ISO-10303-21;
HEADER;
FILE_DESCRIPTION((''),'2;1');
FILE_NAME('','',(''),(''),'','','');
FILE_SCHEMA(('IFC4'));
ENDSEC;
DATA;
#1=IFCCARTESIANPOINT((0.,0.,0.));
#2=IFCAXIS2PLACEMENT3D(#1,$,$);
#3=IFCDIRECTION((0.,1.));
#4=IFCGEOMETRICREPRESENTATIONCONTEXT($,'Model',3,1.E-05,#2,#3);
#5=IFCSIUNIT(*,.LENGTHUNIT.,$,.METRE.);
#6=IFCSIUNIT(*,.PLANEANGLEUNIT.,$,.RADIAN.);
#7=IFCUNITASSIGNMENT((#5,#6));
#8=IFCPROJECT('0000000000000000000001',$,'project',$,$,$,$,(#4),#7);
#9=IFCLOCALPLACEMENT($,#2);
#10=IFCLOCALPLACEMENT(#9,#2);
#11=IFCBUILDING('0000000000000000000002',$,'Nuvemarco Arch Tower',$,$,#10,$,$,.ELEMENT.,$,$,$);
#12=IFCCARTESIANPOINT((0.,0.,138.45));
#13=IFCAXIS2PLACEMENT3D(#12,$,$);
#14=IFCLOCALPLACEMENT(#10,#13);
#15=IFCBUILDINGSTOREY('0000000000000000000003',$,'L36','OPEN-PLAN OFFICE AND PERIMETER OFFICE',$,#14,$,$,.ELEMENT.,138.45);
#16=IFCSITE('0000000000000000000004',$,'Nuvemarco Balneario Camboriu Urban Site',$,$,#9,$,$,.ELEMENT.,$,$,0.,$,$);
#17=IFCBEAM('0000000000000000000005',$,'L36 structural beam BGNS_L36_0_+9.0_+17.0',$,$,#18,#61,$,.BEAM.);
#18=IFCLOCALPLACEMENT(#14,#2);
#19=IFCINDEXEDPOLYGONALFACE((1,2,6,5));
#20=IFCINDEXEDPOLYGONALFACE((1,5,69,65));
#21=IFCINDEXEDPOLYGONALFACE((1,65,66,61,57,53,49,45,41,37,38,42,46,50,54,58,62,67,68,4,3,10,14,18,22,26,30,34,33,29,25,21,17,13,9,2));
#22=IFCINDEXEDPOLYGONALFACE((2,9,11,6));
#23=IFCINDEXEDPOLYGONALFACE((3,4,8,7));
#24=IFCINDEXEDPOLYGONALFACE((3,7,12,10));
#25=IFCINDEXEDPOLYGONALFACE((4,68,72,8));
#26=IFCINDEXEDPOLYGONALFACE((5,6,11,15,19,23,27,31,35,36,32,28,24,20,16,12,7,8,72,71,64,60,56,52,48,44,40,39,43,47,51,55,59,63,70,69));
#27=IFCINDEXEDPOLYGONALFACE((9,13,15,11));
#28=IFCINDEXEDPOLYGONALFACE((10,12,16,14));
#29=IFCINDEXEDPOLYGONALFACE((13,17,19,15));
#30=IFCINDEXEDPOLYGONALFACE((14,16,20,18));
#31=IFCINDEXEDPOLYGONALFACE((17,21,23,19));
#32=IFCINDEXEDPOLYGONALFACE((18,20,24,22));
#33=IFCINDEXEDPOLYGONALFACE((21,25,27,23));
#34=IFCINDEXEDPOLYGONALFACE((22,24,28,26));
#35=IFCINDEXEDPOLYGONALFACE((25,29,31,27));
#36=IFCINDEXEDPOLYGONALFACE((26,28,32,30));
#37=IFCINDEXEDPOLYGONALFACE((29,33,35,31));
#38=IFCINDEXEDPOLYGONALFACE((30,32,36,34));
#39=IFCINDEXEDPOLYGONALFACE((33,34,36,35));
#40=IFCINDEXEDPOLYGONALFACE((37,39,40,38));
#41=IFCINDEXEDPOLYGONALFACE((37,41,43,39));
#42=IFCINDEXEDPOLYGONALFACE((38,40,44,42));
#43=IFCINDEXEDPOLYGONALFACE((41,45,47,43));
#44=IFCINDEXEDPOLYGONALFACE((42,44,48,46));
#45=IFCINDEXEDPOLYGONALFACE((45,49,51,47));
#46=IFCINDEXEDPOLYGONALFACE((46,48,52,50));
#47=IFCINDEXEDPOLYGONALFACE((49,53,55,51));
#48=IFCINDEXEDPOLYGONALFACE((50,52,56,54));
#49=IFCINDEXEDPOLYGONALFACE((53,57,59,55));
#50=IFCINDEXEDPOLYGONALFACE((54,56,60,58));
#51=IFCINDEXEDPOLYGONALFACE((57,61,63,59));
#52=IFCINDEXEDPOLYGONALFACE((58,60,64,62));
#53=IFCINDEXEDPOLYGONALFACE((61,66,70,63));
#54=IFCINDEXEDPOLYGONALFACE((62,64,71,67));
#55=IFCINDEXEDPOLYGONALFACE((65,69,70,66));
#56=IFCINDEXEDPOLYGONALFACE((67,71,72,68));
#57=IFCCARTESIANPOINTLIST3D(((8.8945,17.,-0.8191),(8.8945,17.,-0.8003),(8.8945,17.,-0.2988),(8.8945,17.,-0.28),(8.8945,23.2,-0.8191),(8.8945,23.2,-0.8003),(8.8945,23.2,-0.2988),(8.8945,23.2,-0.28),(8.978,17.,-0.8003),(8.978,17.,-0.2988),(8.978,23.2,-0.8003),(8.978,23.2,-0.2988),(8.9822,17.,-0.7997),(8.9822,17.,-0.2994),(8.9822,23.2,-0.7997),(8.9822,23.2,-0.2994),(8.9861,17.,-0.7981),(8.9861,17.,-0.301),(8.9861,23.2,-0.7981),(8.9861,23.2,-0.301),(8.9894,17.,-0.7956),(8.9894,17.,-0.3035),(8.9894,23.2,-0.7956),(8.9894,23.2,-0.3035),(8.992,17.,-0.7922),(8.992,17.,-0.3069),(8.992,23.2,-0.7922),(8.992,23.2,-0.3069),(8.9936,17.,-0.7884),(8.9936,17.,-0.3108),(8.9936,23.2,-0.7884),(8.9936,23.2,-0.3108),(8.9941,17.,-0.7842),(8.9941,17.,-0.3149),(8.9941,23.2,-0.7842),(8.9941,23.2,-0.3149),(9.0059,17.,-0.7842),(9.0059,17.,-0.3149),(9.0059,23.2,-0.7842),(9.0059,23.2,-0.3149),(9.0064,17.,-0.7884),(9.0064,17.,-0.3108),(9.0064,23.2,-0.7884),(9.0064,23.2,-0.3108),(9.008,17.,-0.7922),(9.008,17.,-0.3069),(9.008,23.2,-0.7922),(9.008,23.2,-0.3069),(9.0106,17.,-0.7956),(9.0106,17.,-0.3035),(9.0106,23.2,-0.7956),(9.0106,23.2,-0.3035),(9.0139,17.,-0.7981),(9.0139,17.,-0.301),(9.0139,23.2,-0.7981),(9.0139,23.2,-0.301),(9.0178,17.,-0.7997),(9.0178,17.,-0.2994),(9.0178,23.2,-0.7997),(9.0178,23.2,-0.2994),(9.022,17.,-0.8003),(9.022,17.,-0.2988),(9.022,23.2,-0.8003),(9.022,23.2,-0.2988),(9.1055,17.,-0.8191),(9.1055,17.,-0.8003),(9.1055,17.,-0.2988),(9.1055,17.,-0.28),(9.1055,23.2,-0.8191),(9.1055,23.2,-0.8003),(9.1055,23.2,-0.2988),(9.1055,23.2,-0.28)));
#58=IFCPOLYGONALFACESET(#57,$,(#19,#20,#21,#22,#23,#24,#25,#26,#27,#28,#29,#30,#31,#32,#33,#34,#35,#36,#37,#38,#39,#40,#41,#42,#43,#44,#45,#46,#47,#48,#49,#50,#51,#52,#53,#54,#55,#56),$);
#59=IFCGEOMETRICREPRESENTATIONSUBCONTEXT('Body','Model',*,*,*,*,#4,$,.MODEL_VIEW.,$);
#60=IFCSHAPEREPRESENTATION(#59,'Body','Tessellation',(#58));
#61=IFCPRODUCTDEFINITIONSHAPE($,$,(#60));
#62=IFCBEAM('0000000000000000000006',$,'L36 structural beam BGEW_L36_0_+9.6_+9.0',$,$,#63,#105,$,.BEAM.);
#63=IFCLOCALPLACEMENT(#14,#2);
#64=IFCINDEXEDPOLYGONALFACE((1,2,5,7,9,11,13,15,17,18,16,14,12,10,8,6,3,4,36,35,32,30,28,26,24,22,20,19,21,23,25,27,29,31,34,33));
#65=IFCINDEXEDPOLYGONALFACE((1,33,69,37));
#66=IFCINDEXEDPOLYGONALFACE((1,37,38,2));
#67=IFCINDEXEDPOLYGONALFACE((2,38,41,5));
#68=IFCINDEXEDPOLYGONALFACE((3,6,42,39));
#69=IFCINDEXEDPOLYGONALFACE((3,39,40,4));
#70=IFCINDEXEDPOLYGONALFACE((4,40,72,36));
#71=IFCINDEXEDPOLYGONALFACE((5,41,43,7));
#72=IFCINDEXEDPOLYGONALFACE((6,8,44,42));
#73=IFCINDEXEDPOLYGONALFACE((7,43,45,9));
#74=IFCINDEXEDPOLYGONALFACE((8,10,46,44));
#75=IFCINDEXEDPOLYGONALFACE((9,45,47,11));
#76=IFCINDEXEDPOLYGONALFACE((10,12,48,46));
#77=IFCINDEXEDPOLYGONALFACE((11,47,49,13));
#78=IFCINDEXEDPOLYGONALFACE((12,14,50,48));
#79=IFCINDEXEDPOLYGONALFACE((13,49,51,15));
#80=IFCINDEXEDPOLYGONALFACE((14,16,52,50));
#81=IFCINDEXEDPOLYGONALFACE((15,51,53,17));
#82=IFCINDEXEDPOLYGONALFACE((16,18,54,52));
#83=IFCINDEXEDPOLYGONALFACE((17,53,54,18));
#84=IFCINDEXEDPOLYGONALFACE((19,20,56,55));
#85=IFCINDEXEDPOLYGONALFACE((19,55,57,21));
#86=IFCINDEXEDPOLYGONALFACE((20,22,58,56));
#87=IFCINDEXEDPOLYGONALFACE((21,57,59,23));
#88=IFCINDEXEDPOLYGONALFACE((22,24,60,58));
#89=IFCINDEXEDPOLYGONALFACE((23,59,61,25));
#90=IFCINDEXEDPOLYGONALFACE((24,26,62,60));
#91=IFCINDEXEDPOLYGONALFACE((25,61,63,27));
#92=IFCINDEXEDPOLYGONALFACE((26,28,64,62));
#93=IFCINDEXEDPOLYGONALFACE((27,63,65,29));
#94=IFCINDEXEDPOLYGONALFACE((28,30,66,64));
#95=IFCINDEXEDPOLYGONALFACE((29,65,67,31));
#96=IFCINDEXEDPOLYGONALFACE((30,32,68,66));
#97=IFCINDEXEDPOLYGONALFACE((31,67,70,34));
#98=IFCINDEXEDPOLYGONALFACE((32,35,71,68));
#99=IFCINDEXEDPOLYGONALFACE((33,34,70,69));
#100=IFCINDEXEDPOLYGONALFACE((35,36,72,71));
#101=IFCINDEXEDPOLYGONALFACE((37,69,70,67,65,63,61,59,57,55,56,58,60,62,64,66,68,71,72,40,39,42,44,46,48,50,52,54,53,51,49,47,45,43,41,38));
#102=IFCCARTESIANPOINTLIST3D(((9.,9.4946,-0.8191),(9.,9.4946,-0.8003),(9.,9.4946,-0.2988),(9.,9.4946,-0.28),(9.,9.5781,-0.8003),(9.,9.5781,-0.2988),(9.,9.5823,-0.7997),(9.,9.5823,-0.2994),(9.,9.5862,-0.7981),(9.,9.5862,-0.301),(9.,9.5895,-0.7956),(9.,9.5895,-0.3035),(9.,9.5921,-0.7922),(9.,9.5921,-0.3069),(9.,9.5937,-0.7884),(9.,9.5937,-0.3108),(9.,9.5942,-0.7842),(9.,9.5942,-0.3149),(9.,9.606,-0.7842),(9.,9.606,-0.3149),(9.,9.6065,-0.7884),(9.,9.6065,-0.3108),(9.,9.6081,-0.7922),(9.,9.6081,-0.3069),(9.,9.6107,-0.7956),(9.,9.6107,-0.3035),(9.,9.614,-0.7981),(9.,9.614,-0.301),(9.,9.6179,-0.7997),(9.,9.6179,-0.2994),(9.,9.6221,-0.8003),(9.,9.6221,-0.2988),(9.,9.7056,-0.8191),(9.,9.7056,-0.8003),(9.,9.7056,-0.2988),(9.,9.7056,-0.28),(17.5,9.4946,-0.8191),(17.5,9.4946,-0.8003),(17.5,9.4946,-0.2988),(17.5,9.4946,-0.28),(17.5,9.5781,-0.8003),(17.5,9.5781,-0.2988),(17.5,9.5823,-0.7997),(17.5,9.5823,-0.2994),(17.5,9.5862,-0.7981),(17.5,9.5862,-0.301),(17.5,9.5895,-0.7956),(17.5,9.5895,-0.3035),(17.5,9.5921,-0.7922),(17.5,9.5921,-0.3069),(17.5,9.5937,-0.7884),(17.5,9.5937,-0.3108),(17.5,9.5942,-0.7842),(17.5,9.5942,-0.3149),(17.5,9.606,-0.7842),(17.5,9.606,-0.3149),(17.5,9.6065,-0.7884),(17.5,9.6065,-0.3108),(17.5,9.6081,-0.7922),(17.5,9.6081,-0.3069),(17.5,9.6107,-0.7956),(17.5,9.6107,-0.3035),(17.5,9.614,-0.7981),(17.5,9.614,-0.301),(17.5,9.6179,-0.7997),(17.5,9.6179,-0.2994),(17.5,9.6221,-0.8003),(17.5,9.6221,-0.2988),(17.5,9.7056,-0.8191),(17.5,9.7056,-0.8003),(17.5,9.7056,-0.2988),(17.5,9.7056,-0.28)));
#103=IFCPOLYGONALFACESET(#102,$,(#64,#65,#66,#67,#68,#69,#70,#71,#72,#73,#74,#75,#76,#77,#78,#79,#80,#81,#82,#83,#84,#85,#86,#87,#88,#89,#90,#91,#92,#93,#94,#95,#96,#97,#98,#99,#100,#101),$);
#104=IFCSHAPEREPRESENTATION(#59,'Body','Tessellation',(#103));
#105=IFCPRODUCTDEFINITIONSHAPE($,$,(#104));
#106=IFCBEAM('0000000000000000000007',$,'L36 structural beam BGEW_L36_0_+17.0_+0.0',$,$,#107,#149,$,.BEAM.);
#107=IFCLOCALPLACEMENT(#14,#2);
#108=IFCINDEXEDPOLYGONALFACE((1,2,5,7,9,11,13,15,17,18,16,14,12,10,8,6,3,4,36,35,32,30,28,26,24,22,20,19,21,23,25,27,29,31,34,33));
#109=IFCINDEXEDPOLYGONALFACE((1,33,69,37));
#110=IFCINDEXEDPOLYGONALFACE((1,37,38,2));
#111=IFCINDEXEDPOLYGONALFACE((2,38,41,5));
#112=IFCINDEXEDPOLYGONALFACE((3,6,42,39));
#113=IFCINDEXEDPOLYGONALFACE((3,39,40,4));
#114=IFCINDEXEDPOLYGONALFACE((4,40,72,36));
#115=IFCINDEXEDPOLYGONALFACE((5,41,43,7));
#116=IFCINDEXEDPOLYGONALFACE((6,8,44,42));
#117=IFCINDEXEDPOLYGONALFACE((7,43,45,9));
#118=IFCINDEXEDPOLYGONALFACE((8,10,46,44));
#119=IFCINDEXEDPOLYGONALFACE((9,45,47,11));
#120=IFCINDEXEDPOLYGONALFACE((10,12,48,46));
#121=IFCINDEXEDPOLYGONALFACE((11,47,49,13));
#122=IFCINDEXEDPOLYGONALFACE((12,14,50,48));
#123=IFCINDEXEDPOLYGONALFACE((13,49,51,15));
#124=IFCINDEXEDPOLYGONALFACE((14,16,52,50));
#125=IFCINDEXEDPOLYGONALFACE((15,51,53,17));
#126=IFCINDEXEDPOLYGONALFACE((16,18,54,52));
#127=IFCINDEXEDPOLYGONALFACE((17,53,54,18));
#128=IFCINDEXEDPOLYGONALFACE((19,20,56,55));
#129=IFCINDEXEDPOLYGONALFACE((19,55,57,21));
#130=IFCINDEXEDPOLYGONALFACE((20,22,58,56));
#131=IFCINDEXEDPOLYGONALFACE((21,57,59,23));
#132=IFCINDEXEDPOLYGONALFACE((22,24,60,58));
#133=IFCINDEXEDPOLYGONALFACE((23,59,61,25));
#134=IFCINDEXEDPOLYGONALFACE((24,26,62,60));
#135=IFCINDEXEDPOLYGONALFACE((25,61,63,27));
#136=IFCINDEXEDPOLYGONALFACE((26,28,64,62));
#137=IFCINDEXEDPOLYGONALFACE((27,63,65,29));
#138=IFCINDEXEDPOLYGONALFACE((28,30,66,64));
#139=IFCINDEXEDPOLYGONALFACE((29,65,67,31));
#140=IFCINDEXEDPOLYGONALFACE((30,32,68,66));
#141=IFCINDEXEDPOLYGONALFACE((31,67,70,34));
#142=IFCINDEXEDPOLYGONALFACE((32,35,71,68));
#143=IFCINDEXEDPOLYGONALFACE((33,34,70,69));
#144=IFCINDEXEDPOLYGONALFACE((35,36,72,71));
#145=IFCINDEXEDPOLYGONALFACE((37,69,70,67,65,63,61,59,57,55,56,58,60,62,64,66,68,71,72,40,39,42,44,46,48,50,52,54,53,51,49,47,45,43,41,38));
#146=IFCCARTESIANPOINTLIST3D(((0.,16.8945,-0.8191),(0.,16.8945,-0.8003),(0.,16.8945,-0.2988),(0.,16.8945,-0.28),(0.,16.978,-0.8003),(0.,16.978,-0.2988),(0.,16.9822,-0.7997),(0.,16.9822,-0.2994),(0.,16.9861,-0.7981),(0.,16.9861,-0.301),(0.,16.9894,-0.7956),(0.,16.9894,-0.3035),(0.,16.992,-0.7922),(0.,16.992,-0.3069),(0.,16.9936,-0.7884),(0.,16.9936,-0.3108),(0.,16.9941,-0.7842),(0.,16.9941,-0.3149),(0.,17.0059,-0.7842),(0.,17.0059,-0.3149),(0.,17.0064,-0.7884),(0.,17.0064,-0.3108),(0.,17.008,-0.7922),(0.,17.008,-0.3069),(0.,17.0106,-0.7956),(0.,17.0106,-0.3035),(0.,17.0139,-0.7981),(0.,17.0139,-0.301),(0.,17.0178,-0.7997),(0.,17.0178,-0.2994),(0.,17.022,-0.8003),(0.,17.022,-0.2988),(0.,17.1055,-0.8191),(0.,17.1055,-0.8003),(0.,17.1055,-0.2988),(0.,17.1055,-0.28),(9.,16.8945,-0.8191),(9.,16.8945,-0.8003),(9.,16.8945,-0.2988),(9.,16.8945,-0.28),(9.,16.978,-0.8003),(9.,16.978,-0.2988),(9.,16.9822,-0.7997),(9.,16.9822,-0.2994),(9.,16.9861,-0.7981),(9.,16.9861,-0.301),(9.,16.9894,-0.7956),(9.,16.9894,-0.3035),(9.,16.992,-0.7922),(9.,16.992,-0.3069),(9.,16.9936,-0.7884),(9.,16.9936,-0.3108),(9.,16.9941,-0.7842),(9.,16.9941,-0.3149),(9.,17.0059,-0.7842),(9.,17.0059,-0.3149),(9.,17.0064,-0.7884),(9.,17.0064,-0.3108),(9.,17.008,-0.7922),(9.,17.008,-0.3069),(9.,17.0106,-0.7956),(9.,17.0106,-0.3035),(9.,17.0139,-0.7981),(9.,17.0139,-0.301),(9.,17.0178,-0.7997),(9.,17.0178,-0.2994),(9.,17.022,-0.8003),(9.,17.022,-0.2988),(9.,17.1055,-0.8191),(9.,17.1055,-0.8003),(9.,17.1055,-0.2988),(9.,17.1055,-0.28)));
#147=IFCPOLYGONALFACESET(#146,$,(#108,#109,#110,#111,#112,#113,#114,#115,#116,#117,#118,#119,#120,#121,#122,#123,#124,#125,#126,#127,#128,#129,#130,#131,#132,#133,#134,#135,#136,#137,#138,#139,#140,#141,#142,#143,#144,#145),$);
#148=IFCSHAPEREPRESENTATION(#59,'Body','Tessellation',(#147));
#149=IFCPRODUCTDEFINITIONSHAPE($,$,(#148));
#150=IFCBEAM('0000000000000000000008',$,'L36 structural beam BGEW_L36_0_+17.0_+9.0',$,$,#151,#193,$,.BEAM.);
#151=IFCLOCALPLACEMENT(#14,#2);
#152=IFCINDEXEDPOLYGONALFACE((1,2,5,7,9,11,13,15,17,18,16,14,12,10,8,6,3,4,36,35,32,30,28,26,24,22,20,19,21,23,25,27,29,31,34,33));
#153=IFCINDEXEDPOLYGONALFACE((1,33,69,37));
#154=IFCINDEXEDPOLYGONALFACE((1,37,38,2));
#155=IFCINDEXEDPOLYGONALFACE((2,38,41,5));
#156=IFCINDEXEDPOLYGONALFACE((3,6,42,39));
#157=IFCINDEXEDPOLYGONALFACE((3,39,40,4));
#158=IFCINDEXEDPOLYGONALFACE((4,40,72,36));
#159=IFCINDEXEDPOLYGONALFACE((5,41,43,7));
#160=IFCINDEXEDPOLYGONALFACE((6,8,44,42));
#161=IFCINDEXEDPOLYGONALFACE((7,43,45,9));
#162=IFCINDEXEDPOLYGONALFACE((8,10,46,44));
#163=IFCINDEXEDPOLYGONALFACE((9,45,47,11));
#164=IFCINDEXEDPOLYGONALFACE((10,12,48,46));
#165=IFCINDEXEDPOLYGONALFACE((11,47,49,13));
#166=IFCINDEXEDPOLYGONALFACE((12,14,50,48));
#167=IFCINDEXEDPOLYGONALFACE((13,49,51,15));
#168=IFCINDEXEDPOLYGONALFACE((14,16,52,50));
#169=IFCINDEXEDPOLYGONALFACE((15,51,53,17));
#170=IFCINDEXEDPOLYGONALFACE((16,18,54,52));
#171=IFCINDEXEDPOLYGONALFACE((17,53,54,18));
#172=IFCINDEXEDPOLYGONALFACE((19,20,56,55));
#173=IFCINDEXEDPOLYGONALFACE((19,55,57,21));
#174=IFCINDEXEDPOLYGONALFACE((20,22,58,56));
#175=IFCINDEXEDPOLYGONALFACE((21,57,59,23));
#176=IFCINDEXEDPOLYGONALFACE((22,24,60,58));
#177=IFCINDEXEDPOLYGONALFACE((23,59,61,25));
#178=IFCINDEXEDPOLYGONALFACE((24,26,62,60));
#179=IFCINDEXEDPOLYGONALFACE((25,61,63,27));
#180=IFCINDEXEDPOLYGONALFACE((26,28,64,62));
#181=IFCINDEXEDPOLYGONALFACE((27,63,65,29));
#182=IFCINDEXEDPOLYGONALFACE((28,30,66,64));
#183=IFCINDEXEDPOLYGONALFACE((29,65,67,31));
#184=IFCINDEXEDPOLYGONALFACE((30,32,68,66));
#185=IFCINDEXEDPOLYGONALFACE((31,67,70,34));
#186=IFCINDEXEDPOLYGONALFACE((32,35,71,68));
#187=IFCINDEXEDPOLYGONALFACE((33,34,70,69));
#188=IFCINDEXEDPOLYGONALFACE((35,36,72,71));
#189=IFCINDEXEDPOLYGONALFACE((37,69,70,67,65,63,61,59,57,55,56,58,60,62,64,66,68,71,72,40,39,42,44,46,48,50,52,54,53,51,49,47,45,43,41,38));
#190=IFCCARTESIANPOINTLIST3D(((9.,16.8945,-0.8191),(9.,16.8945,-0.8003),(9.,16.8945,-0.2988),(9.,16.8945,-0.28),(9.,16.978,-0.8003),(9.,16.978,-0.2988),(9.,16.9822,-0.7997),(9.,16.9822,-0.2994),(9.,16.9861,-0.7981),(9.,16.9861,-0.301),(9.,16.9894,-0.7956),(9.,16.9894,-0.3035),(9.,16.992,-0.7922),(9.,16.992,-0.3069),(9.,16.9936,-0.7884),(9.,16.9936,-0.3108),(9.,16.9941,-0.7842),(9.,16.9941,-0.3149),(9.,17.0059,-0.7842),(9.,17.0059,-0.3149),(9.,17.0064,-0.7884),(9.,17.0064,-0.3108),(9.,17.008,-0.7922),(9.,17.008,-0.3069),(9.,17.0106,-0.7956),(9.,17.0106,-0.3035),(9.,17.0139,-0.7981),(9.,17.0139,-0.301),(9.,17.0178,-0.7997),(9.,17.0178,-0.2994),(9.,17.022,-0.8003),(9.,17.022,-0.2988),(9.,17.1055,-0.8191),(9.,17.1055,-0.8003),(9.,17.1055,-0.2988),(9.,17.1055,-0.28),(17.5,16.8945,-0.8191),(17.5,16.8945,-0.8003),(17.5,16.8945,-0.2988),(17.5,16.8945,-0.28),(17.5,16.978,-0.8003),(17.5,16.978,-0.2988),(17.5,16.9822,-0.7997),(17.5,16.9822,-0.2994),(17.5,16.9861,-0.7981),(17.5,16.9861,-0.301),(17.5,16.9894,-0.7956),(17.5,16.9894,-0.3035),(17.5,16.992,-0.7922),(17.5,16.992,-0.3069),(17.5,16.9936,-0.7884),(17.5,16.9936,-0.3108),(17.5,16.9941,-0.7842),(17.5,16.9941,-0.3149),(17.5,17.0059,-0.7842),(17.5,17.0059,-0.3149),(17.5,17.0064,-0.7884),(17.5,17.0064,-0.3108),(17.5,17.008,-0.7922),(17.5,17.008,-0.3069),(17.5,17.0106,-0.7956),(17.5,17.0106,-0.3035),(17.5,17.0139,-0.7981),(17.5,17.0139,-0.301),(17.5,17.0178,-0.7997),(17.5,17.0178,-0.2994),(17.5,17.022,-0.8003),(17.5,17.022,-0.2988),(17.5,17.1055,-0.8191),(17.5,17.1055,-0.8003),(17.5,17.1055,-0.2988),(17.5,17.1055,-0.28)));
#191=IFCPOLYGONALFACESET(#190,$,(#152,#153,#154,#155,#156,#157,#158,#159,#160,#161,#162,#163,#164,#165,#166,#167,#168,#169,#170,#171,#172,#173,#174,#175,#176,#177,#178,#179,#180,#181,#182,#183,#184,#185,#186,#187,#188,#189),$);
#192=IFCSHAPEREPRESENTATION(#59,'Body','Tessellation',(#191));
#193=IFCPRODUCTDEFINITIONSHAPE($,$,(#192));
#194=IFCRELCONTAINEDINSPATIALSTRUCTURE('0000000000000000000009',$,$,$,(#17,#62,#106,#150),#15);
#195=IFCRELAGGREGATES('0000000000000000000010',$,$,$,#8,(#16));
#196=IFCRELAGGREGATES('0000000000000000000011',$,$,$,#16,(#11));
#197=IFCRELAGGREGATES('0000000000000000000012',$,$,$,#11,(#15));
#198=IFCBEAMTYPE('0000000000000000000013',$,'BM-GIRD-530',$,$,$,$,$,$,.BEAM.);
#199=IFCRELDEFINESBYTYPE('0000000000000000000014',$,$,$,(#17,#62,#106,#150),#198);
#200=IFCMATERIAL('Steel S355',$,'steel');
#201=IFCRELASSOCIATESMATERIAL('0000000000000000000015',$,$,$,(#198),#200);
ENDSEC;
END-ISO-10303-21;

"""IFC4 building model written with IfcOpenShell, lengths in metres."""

from ifc_helpers import new_model, si_unit, direction, frame, origin, origin_2d, place, context, subcontext, project, spatial, i_section, extrude, material, material_profile, profile_set, type_object, element, save


model = new_model("IFC4")

# Units and contexts
model_context = context("Model", 3, precision=1e-05, world=origin(), true_north=direction((0.0, 1.0)))
body_context = subcontext(model_context, "Body", "Model", "MODEL_VIEW")
ifc_project = project(units=[si_unit("LENGTHUNIT", "METRE"), si_unit("PLANEANGLEUNIT", "RADIAN")], contexts=[model_context])

# Site, building, storey
site_placement = place(None, origin())
site = spatial("IfcSite", under=ifc_project, at=site_placement, Name="Nuvemarco Balneario Camboriu Urban Site", CompositionType="ELEMENT", RefElevation=0.0)
building_placement = place(site_placement, origin())
building = spatial("IfcBuilding", under=site, at=building_placement, Name="Nuvemarco Arch Tower", CompositionType="ELEMENT")
storey_placement = place(building_placement, frame((0.0, 0.0, 138.45)))
storey = spatial("IfcBuildingStorey", under=building, at=storey_placement, Name="L36", Description="OPEN-PLAN OFFICE AND PERIMETER OFFICE", CompositionType="ELEMENT", Elevation=138.45)

# Shared definitions
ifc_material_1 = material(Name="Steel S355", Category="steel")

# Beams
ifc_material_profile_1 = material_profile(ifc_material_1, i_section(OverallWidth=0.2109, OverallDepth=0.5391, WebThickness=0.0117, FlangeThickness=0.0188, FilletRadius=0.0161, at=origin_2d()), Name="W530x109")
ifc_profile_set_1 = profile_set([ifc_material_profile_1], Name="Steel S355")
beam_type_1 = type_object("IfcBeamType", Name="BM-GIRD-530", PredefinedType="BEAM", material=ifc_profile_set_1)
for number, where, z_axis, x_axis, name in (
    (1, (9.0, 17.0, -0.5496), (0.0, 1.0, 0.0), (-1.0, 0.0, 0.0), "L36 structural beam BGNS_L36_0_+9.0_+17.0"),
):
    element("IfcBeam", number, at=place(storey_placement, frame(where, z_axis=z_axis, x_axis=x_axis)), inside=storey, type_object=beam_type_1, Name=name, PredefinedType="BEAM", context=body_context, shape_type="SweptSolid", body=[
        extrude(i_section(OverallWidth=0.2109, OverallDepth=0.5391, WebThickness=0.0117, FlangeThickness=0.0188, FilletRadius=0.0161, at=origin_2d()), origin(), (0.0, 0.0, 1.0), 6.2),
    ])
beam_1_placement = place(storey_placement, frame((9.0, 9.6001, -0.5496), z_axis=(1.0, 0.0, 0.0), x_axis=(0.0, 1.0, 0.0)))
element("IfcBeam", 2, at=beam_1_placement, inside=storey, type_object=beam_type_1, Name="L36 structural beam BGEW_L36_0_+9.6_+9.0", PredefinedType="BEAM", context=body_context, shape_type="SweptSolid", body=[
    extrude(i_section(OverallWidth=0.2109, OverallDepth=0.5391, WebThickness=0.0117, FlangeThickness=0.0188, FilletRadius=0.0161, at=origin_2d()), origin(), (0.0, 0.0, 1.0), 8.5),
])
beam_2_placement = place(storey_placement, frame((0.0, 17.0, -0.5496), z_axis=(1.0, 0.0, 0.0), x_axis=(0.0, 1.0, 0.0)))
element("IfcBeam", 3, at=beam_2_placement, inside=storey, type_object=beam_type_1, Name="L36 structural beam BGEW_L36_0_+17.0_+0.0", PredefinedType="BEAM", context=body_context, shape_type="SweptSolid", body=[
    extrude(i_section(OverallWidth=0.2109, OverallDepth=0.5391, WebThickness=0.0117, FlangeThickness=0.0188, FilletRadius=0.0161, at=origin_2d()), origin(), (0.0, 0.0, 1.0), 9.0),
])
beam_3_placement = place(storey_placement, frame((9.0, 17.0, -0.5496), z_axis=(1.0, 0.0, 0.0), x_axis=(0.0, 1.0, 0.0)))
element("IfcBeam", 4, at=beam_3_placement, inside=storey, type_object=beam_type_1, Name="L36 structural beam BGEW_L36_0_+17.0_+9.0", PredefinedType="BEAM", context=body_context, shape_type="SweptSolid", body=[
    extrude(i_section(OverallWidth=0.2109, OverallDepth=0.5391, WebThickness=0.0117, FlangeThickness=0.0188, FilletRadius=0.0161, at=origin_2d()), origin(), (0.0, 0.0, 1.0), 8.5),
])

save(model, "model.ifc")
